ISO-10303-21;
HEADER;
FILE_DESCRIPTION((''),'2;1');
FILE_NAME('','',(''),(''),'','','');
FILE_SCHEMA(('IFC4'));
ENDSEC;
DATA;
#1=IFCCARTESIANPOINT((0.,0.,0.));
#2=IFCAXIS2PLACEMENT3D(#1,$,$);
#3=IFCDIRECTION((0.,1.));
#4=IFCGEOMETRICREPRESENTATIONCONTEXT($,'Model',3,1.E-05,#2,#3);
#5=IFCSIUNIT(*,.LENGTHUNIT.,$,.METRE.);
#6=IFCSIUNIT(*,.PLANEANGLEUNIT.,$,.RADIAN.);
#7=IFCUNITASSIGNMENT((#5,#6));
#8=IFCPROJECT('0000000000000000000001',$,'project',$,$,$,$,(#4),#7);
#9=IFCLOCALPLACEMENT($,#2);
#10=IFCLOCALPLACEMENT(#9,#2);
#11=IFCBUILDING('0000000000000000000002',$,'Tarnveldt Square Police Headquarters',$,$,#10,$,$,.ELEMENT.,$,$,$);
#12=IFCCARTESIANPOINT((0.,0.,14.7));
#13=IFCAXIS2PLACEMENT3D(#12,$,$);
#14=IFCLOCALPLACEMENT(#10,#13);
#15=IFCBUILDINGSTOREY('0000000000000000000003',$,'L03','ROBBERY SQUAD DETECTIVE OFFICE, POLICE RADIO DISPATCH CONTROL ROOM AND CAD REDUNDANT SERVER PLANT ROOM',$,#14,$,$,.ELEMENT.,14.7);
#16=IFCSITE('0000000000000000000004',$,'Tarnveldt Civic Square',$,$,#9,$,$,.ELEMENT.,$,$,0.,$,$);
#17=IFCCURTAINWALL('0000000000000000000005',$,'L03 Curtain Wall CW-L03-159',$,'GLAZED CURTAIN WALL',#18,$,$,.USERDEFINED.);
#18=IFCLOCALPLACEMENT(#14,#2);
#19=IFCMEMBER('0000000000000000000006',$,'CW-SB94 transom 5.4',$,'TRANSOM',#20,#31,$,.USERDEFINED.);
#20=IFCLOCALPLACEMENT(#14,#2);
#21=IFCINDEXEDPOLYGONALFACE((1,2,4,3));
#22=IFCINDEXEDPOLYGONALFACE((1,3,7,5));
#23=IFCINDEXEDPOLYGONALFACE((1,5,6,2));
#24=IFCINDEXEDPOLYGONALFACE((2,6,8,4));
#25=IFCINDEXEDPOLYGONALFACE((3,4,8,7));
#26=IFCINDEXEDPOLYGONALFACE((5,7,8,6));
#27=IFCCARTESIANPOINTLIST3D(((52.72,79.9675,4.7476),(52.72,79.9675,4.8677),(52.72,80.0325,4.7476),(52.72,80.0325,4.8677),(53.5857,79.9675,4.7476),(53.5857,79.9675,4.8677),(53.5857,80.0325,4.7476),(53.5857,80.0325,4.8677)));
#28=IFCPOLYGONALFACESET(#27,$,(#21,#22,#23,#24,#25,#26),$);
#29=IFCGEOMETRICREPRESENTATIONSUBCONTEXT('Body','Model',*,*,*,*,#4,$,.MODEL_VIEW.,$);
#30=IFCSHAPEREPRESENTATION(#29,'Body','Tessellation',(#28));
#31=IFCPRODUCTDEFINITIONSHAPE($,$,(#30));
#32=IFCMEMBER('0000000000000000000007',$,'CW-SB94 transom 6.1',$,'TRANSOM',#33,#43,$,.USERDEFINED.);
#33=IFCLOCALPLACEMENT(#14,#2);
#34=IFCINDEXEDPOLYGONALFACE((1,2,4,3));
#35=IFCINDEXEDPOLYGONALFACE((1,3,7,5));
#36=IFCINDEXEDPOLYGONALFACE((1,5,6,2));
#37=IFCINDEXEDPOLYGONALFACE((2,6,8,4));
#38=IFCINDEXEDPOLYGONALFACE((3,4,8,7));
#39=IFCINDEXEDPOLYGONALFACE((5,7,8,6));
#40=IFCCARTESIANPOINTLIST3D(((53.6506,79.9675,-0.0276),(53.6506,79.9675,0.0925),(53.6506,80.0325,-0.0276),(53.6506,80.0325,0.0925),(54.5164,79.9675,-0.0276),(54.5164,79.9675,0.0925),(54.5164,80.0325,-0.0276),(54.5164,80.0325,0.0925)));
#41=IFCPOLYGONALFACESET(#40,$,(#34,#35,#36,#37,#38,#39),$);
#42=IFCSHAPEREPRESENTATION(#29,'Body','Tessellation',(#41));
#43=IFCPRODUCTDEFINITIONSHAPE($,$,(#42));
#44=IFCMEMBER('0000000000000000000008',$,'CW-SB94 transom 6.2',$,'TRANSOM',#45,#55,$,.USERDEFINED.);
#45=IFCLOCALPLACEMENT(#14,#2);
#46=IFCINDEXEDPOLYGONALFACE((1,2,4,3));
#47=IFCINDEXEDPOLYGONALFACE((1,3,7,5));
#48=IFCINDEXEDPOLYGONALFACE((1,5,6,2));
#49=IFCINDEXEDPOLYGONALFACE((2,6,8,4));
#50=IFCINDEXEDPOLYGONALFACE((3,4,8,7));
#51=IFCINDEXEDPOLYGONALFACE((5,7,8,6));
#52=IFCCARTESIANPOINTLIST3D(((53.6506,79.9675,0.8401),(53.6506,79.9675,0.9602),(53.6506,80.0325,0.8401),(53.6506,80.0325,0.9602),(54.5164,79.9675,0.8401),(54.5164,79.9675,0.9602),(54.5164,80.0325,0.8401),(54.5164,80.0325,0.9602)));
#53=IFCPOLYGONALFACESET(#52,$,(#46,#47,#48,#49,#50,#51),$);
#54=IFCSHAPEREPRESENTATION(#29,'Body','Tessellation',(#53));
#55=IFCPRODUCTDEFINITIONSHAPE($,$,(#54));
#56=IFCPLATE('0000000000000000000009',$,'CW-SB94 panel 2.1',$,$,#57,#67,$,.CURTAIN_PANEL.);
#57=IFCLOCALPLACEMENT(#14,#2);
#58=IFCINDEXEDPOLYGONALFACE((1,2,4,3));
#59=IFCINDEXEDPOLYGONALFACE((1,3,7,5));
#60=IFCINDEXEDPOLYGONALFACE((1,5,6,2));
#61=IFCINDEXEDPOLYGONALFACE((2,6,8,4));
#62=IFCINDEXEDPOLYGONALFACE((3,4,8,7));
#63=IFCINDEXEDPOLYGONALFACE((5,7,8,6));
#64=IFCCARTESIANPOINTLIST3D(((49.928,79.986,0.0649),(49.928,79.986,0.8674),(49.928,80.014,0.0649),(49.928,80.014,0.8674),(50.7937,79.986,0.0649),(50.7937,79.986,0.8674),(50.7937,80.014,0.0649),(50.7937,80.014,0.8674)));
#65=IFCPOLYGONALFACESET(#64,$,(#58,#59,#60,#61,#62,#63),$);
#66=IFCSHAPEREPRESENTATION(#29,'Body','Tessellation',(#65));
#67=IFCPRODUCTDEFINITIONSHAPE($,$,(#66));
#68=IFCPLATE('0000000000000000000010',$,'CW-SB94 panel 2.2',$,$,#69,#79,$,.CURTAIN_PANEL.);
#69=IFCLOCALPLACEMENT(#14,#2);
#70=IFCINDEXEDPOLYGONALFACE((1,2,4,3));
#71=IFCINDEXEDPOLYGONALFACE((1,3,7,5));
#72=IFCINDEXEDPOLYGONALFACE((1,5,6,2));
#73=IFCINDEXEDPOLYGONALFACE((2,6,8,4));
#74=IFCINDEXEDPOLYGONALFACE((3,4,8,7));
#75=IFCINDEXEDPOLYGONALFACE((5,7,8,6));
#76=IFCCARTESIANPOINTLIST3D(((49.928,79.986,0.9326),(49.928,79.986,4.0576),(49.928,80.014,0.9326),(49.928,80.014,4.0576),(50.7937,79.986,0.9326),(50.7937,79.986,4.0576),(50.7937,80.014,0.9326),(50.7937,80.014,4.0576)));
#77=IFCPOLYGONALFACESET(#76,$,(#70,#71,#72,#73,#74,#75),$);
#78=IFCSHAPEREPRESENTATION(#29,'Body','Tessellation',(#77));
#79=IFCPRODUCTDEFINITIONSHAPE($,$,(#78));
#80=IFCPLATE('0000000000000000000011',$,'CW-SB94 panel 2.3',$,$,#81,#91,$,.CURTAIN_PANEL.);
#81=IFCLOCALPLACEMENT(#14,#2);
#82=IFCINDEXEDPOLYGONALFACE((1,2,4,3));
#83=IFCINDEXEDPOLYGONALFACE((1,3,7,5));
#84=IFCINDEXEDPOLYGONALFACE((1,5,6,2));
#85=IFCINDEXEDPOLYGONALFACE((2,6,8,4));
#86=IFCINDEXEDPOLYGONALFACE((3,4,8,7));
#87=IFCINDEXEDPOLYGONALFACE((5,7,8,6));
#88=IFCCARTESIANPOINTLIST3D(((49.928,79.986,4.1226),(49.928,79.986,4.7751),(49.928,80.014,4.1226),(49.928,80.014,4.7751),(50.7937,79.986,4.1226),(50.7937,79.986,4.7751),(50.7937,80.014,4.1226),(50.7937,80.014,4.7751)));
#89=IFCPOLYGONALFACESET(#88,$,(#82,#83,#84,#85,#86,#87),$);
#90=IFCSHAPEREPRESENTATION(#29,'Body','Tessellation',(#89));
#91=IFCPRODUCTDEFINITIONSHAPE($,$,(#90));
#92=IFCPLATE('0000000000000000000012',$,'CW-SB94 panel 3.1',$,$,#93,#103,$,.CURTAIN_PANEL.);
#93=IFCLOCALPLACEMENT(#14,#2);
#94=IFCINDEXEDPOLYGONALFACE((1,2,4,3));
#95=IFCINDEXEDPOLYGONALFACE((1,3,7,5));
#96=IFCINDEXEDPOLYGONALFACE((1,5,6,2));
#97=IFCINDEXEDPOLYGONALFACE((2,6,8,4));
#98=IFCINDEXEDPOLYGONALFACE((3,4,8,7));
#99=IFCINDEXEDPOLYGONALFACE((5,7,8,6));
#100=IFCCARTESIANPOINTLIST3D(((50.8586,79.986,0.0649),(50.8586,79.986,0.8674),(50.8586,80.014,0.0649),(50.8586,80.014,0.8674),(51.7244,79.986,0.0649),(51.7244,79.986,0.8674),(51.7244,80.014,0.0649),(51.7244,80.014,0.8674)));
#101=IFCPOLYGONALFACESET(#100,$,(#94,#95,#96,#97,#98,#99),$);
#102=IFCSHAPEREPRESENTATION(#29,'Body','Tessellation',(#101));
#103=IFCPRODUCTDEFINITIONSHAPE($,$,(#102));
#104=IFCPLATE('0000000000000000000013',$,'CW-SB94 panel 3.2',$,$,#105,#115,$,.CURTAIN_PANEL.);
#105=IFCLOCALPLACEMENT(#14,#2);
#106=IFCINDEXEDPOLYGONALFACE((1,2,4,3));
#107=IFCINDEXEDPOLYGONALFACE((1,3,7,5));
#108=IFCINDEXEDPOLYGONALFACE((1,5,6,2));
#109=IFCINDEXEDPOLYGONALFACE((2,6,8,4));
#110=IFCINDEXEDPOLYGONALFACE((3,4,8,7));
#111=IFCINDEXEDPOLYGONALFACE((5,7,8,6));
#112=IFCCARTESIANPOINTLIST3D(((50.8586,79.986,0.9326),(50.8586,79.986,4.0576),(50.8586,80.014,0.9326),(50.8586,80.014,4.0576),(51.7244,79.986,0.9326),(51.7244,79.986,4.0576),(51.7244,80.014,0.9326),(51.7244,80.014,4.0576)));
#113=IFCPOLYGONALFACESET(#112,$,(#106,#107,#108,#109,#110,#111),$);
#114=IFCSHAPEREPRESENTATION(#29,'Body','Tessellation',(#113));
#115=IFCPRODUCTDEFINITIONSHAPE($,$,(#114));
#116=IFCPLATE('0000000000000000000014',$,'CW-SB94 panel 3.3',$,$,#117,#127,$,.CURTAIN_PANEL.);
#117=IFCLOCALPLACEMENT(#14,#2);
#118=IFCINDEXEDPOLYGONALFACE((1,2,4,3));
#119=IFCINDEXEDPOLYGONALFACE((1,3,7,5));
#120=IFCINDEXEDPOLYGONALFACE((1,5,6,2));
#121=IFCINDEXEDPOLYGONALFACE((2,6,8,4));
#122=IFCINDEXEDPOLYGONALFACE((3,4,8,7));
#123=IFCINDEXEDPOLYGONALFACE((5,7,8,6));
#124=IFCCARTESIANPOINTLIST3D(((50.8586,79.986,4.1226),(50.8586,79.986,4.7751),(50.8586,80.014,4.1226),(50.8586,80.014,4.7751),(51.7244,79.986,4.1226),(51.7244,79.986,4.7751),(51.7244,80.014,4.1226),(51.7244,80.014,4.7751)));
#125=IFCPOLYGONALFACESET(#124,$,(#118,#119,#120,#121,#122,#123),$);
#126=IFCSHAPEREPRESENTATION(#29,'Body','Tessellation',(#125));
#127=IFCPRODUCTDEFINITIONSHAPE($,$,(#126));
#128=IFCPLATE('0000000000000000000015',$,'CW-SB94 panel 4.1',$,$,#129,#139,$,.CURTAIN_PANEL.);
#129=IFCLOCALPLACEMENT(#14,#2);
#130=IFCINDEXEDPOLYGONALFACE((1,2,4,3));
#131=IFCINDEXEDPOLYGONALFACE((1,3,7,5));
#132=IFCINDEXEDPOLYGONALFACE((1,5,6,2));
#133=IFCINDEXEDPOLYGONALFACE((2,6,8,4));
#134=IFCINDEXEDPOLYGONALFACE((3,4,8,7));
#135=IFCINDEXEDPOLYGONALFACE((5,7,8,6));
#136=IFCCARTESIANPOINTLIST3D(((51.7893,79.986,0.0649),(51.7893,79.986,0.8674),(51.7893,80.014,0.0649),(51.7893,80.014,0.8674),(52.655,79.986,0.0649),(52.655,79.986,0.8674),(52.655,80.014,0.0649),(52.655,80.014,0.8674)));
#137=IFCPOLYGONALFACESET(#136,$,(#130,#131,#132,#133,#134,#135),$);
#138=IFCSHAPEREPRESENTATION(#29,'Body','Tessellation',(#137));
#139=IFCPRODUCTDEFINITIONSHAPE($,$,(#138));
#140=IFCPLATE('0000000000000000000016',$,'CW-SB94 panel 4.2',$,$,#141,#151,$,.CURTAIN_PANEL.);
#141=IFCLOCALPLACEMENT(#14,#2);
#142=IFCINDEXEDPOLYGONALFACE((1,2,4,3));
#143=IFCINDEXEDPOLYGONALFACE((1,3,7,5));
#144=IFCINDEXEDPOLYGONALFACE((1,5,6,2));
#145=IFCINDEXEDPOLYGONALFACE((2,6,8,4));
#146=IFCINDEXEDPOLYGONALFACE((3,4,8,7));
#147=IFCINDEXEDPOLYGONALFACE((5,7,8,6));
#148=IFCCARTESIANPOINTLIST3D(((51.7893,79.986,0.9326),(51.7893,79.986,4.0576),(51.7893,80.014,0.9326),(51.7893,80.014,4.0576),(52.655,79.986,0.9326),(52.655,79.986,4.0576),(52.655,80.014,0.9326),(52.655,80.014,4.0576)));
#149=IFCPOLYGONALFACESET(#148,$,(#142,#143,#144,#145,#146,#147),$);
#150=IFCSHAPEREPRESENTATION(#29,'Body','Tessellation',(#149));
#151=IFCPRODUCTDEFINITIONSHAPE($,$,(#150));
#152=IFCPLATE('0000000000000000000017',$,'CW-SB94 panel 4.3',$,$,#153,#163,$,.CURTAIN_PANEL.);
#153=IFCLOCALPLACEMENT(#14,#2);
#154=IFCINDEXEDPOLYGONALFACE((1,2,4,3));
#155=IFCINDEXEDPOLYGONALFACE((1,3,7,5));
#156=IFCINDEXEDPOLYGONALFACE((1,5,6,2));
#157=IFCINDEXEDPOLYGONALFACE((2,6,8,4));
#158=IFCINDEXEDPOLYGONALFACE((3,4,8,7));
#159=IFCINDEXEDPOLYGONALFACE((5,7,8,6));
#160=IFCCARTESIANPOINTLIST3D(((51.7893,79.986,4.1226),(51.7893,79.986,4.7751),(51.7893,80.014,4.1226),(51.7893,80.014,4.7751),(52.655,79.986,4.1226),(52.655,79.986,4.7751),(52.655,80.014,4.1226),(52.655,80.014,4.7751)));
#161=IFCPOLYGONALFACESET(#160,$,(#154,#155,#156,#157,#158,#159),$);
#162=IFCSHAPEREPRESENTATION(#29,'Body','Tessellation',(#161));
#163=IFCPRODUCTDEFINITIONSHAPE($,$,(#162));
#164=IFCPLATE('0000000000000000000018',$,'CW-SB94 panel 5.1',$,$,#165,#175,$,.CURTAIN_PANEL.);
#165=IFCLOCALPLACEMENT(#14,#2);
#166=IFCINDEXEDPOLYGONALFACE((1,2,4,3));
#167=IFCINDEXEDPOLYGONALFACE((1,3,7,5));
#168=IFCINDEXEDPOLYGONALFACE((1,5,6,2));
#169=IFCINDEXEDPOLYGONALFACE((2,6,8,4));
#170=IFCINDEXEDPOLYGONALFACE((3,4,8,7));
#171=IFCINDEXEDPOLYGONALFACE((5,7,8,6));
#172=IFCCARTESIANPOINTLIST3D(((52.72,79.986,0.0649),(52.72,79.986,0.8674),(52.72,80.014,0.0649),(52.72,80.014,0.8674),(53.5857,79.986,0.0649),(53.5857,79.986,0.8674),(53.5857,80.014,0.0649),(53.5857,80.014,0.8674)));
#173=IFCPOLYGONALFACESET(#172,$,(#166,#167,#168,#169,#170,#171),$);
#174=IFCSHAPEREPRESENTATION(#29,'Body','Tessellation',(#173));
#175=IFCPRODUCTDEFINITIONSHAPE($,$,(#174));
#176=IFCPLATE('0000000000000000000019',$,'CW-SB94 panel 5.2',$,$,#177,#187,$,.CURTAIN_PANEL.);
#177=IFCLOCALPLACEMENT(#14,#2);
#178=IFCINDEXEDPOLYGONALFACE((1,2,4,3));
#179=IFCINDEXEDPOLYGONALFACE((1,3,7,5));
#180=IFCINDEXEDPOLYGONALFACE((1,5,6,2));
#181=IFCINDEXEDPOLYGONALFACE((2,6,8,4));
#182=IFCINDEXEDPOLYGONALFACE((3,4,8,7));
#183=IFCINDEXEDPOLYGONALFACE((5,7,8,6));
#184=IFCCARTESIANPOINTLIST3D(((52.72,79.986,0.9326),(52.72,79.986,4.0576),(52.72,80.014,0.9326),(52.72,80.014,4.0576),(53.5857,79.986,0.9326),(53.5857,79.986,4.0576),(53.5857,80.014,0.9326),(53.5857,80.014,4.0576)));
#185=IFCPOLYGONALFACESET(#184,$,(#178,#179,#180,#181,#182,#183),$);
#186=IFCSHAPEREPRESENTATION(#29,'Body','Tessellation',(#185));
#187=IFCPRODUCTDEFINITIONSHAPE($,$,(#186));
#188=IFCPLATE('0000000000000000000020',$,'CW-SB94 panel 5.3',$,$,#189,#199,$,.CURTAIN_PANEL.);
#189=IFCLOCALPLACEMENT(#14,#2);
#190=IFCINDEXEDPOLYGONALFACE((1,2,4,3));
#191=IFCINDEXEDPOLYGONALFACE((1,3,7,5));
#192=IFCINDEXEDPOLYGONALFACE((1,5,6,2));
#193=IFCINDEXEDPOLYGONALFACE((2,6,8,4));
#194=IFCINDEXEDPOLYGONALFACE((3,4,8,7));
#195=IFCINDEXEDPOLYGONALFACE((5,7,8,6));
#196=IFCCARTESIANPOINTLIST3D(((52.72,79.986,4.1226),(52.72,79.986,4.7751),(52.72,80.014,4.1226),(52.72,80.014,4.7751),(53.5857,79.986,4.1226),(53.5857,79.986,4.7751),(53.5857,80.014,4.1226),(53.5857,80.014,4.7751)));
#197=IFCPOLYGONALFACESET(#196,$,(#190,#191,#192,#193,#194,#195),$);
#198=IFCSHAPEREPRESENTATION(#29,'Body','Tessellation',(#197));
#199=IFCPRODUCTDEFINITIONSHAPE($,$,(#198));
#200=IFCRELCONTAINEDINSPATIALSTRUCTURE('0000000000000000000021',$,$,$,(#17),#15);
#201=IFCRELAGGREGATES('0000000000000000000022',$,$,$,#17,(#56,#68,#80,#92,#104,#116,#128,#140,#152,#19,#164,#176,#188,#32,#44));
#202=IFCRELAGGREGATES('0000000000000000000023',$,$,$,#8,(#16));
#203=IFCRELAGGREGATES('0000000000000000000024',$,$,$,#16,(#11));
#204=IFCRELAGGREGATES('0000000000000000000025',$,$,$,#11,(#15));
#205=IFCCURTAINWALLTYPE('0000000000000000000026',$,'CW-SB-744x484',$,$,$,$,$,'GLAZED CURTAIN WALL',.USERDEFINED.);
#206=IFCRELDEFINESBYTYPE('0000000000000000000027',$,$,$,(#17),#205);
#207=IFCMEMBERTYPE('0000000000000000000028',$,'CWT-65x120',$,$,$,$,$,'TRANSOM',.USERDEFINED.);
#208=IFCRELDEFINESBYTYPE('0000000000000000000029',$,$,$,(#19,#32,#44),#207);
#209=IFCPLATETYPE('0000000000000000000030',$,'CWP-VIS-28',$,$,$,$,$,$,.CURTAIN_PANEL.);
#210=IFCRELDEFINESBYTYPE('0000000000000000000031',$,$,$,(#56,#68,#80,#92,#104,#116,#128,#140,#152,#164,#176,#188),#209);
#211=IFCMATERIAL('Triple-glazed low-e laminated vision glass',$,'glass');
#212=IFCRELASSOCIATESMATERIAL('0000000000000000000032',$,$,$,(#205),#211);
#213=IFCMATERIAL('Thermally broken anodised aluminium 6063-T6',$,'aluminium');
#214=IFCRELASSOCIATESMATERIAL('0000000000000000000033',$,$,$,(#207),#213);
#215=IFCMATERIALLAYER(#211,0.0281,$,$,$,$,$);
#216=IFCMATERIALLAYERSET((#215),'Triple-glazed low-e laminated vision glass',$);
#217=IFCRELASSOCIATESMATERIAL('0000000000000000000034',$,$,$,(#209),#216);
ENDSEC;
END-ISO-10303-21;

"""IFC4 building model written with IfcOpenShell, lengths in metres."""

from ifc_helpers import new_model, si_unit, direction, frame, origin, origin_2d, place, context, subcontext, project, spatial, rectangle, extrude, material, layer, layer_set, material_profile, profile_set, type_object, element, aggregate, save


model = new_model("IFC4")

# Units and contexts
model_context = context("Model", 3, precision=1e-05, world=origin(), true_north=direction((0.0, 1.0)))
body_context = subcontext(model_context, "Body", "Model", "MODEL_VIEW")
ifc_project = project(units=[si_unit("LENGTHUNIT", "METRE"), si_unit("PLANEANGLEUNIT", "RADIAN")], contexts=[model_context])

# Site, building, storey
site_placement = place(None, origin())
site = spatial("IfcSite", under=ifc_project, at=site_placement, Name="Tarnveldt Civic Square", CompositionType="ELEMENT", RefElevation=0.0)
building_placement = place(site_placement, origin())
building = spatial("IfcBuilding", under=site, at=building_placement, Name="Tarnveldt Square Police Headquarters", CompositionType="ELEMENT")
storey_placement = place(building_placement, frame((0.0, 0.0, 14.7)))
storey = spatial("IfcBuildingStorey", under=building, at=storey_placement, Name="L03", Description="ROBBERY SQUAD DETECTIVE OFFICE, POLICE RADIO DISPATCH CONTROL ROOM AND CAD REDUNDANT SERVER PLANT ROOM", CompositionType="ELEMENT", Elevation=14.7)

# Curtain wall, members, plates
ifc_material_1 = material(Name="Triple-glazed low-e laminated vision glass", Category="glass")
curtain_wall_type = type_object("IfcCurtainWallType", Name="CW-SB-744x484", ElementType="GLAZED CURTAIN WALL", PredefinedType="USERDEFINED", material=ifc_material_1)
curtain_wall_placement = place(storey_placement, origin())
curtain_wall = element("IfcCurtainWall", 1, at=curtain_wall_placement, inside=storey, type_object=curtain_wall_type, Name="L03 Curtain Wall CW-L03-159", ObjectType="GLAZED CURTAIN WALL", PredefinedType="USERDEFINED")
ifc_material_2 = material(Name="Thermally broken anodised aluminium 6063-T6", Category="aluminium")
ifc_material_profile_1 = material_profile(ifc_material_2, rectangle(XDim=0.0649, YDim=0.1201, at=origin_2d()), Name="CW-T65x120")
ifc_profile_set_1 = profile_set([ifc_material_profile_1], Name="Thermally broken anodised aluminium 6063-T6")
member_type_1 = type_object("IfcMemberType", Name="CWT-65x120", ElementType="TRANSOM", PredefinedType="USERDEFINED", material=ifc_profile_set_1)
member_1_placement = place(storey_placement, frame((52.72, 80.0, 4.8076), z_axis=(1.0, 0.0, 0.0), x_axis=(0.0, 1.0, 0.0)))
member_1 = element("IfcMember", 2, at=member_1_placement, type_object=member_type_1, Name="CW-SB94 transom 5.4", ObjectType="TRANSOM", PredefinedType="USERDEFINED", context=body_context, shape_type="SweptSolid", body=[
    extrude(rectangle(XDim=0.0649, YDim=0.1201, at=origin_2d()), origin(), (0.0, 0.0, 1.0), 0.8657),
])
member_2_placement = place(storey_placement, frame((53.6506, 80.0, 0.0325), z_axis=(1.0, 0.0, 0.0), x_axis=(0.0, 1.0, 0.0)))
member_2 = element("IfcMember", 3, at=member_2_placement, type_object=member_type_1, Name="CW-SB94 transom 6.1", ObjectType="TRANSOM", PredefinedType="USERDEFINED", context=body_context, shape_type="SweptSolid", body=[
    extrude(rectangle(XDim=0.0649, YDim=0.1201, at=origin_2d()), origin(), (0.0, 0.0, 1.0), 0.8657),
])
member_3_placement = place(storey_placement, frame((53.6506, 80.0, 0.9001), z_axis=(1.0, 0.0, 0.0), x_axis=(0.0, 1.0, 0.0)))
member_3 = element("IfcMember", 4, at=member_3_placement, type_object=member_type_1, Name="CW-SB94 transom 6.2", ObjectType="TRANSOM", PredefinedType="USERDEFINED", context=body_context, shape_type="SweptSolid", body=[
    extrude(rectangle(XDim=0.0649, YDim=0.1201, at=origin_2d()), origin(), (0.0, 0.0, 1.0), 0.8657),
])
ifc_layer = layer(ifc_material_1, 0.0281)
ifc_layer_set = layer_set([ifc_layer], Name="Triple-glazed low-e laminated vision glass")
plate_type = type_object("IfcPlateType", Name="CWP-VIS-28", PredefinedType="CURTAIN_PANEL", material=ifc_layer_set)
plate_1_placement = place(storey_placement, frame((50.3608, 80.0, 0.0649), z_axis=(0.0, 0.0, 1.0), x_axis=(1.0, 0.0, 0.0)))
plate_1 = element("IfcPlate", 5, at=plate_1_placement, type_object=plate_type, Name="CW-SB94 panel 2.1", PredefinedType="CURTAIN_PANEL", context=body_context, shape_type="SweptSolid", body=[
    extrude(rectangle(XDim=0.8657, YDim=0.0281, at=origin_2d()), origin(), (0.0, 0.0, 1.0), 0.8025),
])
plate_2_placement = place(storey_placement, frame((50.3608, 80.0, 0.9326), z_axis=(0.0, 0.0, 1.0), x_axis=(1.0, 0.0, 0.0)))
plate_2 = element("IfcPlate", 6, at=plate_2_placement, type_object=plate_type, Name="CW-SB94 panel 2.2", PredefinedType="CURTAIN_PANEL", context=body_context, shape_type="SweptSolid", body=[
    extrude(rectangle(XDim=0.8657, YDim=0.0281, at=origin_2d()), origin(), (0.0, 0.0, 1.0), 3.125),
])
plate_3_placement = place(storey_placement, frame((50.3608, 80.0, 4.1226), z_axis=(0.0, 0.0, 1.0), x_axis=(1.0, 0.0, 0.0)))
plate_3 = element("IfcPlate", 7, at=plate_3_placement, type_object=plate_type, Name="CW-SB94 panel 2.3", PredefinedType="CURTAIN_PANEL", context=body_context, shape_type="SweptSolid", body=[
    extrude(rectangle(XDim=0.8657, YDim=0.0281, at=origin_2d()), origin(), (0.0, 0.0, 1.0), 0.6526),
])
plate_4_placement = place(storey_placement, frame((51.2915, 80.0, 0.0649), z_axis=(0.0, 0.0, 1.0), x_axis=(1.0, 0.0, 0.0)))
plate_4 = element("IfcPlate", 8, at=plate_4_placement, type_object=plate_type, Name="CW-SB94 panel 3.1", PredefinedType="CURTAIN_PANEL", context=body_context, shape_type="SweptSolid", body=[
    extrude(rectangle(XDim=0.8657, YDim=0.0281, at=origin_2d()), origin(), (0.0, 0.0, 1.0), 0.8025),
])
plate_5_placement = place(storey_placement, frame((51.2915, 80.0, 0.9326), z_axis=(0.0, 0.0, 1.0), x_axis=(1.0, 0.0, 0.0)))
plate_5 = element("IfcPlate", 9, at=plate_5_placement, type_object=plate_type, Name="CW-SB94 panel 3.2", PredefinedType="CURTAIN_PANEL", context=body_context, shape_type="SweptSolid", body=[
    extrude(rectangle(XDim=0.8657, YDim=0.0281, at=origin_2d()), origin(), (0.0, 0.0, 1.0), 3.125),
])
plate_6_placement = place(storey_placement, frame((51.2915, 80.0, 4.1226), z_axis=(0.0, 0.0, 1.0), x_axis=(1.0, 0.0, 0.0)))
plate_6 = element("IfcPlate", 10, at=plate_6_placement, type_object=plate_type, Name="CW-SB94 panel 3.3", PredefinedType="CURTAIN_PANEL", context=body_context, shape_type="SweptSolid", body=[
    extrude(rectangle(XDim=0.8657, YDim=0.0281, at=origin_2d()), origin(), (0.0, 0.0, 1.0), 0.6526),
])
plate_7_placement = place(storey_placement, frame((52.2222, 80.0, 0.0649), z_axis=(0.0, 0.0, 1.0), x_axis=(1.0, 0.0, 0.0)))
plate_7 = element("IfcPlate", 11, at=plate_7_placement, type_object=plate_type, Name="CW-SB94 panel 4.1", PredefinedType="CURTAIN_PANEL", context=body_context, shape_type="SweptSolid", body=[
    extrude(rectangle(XDim=0.8657, YDim=0.0281, at=origin_2d()), origin(), (0.0, 0.0, 1.0), 0.8025),
])
plate_8_placement = place(storey_placement, frame((52.2222, 80.0, 0.9326), z_axis=(0.0, 0.0, 1.0), x_axis=(1.0, 0.0, 0.0)))
plate_8 = element("IfcPlate", 12, at=plate_8_placement, type_object=plate_type, Name="CW-SB94 panel 4.2", PredefinedType="CURTAIN_PANEL", context=body_context, shape_type="SweptSolid", body=[
    extrude(rectangle(XDim=0.8657, YDim=0.0281, at=origin_2d()), origin(), (0.0, 0.0, 1.0), 3.125),
])
plate_9_placement = place(storey_placement, frame((52.2222, 80.0, 4.1226), z_axis=(0.0, 0.0, 1.0), x_axis=(1.0, 0.0, 0.0)))
plate_9 = element("IfcPlate", 13, at=plate_9_placement, type_object=plate_type, Name="CW-SB94 panel 4.3", PredefinedType="CURTAIN_PANEL", context=body_context, shape_type="SweptSolid", body=[
    extrude(rectangle(XDim=0.8657, YDim=0.0281, at=origin_2d()), origin(), (0.0, 0.0, 1.0), 0.6526),
])
plate_10_placement = place(storey_placement, frame((53.1528, 80.0, 0.0649), z_axis=(0.0, 0.0, 1.0), x_axis=(1.0, 0.0, 0.0)))
plate_10 = element("IfcPlate", 14, at=plate_10_placement, type_object=plate_type, Name="CW-SB94 panel 5.1", PredefinedType="CURTAIN_PANEL", context=body_context, shape_type="SweptSolid", body=[
    extrude(rectangle(XDim=0.8657, YDim=0.0281, at=origin_2d()), origin(), (0.0, 0.0, 1.0), 0.8025),
])
plate_11_placement = place(storey_placement, frame((53.1528, 80.0, 0.9326), z_axis=(0.0, 0.0, 1.0), x_axis=(1.0, 0.0, 0.0)))
plate_11 = element("IfcPlate", 15, at=plate_11_placement, type_object=plate_type, Name="CW-SB94 panel 5.2", PredefinedType="CURTAIN_PANEL", context=body_context, shape_type="SweptSolid", body=[
    extrude(rectangle(XDim=0.8657, YDim=0.0281, at=origin_2d()), origin(), (0.0, 0.0, 1.0), 3.125),
])
plate_12_placement = place(storey_placement, frame((53.1528, 80.0, 4.1226), z_axis=(0.0, 0.0, 1.0), x_axis=(1.0, 0.0, 0.0)))
plate_12 = element("IfcPlate", 16, at=plate_12_placement, type_object=plate_type, Name="CW-SB94 panel 5.3", PredefinedType="CURTAIN_PANEL", context=body_context, shape_type="SweptSolid", body=[
    extrude(rectangle(XDim=0.8657, YDim=0.0281, at=origin_2d()), origin(), (0.0, 0.0, 1.0), 0.6526),
])
aggregate(curtain_wall, [plate_1, plate_2, plate_3, plate_4, plate_5, plate_6, plate_7, plate_8, plate_9, member_1, plate_10, plate_11, plate_12, member_2, member_3])

save(model, "model.ifc")
